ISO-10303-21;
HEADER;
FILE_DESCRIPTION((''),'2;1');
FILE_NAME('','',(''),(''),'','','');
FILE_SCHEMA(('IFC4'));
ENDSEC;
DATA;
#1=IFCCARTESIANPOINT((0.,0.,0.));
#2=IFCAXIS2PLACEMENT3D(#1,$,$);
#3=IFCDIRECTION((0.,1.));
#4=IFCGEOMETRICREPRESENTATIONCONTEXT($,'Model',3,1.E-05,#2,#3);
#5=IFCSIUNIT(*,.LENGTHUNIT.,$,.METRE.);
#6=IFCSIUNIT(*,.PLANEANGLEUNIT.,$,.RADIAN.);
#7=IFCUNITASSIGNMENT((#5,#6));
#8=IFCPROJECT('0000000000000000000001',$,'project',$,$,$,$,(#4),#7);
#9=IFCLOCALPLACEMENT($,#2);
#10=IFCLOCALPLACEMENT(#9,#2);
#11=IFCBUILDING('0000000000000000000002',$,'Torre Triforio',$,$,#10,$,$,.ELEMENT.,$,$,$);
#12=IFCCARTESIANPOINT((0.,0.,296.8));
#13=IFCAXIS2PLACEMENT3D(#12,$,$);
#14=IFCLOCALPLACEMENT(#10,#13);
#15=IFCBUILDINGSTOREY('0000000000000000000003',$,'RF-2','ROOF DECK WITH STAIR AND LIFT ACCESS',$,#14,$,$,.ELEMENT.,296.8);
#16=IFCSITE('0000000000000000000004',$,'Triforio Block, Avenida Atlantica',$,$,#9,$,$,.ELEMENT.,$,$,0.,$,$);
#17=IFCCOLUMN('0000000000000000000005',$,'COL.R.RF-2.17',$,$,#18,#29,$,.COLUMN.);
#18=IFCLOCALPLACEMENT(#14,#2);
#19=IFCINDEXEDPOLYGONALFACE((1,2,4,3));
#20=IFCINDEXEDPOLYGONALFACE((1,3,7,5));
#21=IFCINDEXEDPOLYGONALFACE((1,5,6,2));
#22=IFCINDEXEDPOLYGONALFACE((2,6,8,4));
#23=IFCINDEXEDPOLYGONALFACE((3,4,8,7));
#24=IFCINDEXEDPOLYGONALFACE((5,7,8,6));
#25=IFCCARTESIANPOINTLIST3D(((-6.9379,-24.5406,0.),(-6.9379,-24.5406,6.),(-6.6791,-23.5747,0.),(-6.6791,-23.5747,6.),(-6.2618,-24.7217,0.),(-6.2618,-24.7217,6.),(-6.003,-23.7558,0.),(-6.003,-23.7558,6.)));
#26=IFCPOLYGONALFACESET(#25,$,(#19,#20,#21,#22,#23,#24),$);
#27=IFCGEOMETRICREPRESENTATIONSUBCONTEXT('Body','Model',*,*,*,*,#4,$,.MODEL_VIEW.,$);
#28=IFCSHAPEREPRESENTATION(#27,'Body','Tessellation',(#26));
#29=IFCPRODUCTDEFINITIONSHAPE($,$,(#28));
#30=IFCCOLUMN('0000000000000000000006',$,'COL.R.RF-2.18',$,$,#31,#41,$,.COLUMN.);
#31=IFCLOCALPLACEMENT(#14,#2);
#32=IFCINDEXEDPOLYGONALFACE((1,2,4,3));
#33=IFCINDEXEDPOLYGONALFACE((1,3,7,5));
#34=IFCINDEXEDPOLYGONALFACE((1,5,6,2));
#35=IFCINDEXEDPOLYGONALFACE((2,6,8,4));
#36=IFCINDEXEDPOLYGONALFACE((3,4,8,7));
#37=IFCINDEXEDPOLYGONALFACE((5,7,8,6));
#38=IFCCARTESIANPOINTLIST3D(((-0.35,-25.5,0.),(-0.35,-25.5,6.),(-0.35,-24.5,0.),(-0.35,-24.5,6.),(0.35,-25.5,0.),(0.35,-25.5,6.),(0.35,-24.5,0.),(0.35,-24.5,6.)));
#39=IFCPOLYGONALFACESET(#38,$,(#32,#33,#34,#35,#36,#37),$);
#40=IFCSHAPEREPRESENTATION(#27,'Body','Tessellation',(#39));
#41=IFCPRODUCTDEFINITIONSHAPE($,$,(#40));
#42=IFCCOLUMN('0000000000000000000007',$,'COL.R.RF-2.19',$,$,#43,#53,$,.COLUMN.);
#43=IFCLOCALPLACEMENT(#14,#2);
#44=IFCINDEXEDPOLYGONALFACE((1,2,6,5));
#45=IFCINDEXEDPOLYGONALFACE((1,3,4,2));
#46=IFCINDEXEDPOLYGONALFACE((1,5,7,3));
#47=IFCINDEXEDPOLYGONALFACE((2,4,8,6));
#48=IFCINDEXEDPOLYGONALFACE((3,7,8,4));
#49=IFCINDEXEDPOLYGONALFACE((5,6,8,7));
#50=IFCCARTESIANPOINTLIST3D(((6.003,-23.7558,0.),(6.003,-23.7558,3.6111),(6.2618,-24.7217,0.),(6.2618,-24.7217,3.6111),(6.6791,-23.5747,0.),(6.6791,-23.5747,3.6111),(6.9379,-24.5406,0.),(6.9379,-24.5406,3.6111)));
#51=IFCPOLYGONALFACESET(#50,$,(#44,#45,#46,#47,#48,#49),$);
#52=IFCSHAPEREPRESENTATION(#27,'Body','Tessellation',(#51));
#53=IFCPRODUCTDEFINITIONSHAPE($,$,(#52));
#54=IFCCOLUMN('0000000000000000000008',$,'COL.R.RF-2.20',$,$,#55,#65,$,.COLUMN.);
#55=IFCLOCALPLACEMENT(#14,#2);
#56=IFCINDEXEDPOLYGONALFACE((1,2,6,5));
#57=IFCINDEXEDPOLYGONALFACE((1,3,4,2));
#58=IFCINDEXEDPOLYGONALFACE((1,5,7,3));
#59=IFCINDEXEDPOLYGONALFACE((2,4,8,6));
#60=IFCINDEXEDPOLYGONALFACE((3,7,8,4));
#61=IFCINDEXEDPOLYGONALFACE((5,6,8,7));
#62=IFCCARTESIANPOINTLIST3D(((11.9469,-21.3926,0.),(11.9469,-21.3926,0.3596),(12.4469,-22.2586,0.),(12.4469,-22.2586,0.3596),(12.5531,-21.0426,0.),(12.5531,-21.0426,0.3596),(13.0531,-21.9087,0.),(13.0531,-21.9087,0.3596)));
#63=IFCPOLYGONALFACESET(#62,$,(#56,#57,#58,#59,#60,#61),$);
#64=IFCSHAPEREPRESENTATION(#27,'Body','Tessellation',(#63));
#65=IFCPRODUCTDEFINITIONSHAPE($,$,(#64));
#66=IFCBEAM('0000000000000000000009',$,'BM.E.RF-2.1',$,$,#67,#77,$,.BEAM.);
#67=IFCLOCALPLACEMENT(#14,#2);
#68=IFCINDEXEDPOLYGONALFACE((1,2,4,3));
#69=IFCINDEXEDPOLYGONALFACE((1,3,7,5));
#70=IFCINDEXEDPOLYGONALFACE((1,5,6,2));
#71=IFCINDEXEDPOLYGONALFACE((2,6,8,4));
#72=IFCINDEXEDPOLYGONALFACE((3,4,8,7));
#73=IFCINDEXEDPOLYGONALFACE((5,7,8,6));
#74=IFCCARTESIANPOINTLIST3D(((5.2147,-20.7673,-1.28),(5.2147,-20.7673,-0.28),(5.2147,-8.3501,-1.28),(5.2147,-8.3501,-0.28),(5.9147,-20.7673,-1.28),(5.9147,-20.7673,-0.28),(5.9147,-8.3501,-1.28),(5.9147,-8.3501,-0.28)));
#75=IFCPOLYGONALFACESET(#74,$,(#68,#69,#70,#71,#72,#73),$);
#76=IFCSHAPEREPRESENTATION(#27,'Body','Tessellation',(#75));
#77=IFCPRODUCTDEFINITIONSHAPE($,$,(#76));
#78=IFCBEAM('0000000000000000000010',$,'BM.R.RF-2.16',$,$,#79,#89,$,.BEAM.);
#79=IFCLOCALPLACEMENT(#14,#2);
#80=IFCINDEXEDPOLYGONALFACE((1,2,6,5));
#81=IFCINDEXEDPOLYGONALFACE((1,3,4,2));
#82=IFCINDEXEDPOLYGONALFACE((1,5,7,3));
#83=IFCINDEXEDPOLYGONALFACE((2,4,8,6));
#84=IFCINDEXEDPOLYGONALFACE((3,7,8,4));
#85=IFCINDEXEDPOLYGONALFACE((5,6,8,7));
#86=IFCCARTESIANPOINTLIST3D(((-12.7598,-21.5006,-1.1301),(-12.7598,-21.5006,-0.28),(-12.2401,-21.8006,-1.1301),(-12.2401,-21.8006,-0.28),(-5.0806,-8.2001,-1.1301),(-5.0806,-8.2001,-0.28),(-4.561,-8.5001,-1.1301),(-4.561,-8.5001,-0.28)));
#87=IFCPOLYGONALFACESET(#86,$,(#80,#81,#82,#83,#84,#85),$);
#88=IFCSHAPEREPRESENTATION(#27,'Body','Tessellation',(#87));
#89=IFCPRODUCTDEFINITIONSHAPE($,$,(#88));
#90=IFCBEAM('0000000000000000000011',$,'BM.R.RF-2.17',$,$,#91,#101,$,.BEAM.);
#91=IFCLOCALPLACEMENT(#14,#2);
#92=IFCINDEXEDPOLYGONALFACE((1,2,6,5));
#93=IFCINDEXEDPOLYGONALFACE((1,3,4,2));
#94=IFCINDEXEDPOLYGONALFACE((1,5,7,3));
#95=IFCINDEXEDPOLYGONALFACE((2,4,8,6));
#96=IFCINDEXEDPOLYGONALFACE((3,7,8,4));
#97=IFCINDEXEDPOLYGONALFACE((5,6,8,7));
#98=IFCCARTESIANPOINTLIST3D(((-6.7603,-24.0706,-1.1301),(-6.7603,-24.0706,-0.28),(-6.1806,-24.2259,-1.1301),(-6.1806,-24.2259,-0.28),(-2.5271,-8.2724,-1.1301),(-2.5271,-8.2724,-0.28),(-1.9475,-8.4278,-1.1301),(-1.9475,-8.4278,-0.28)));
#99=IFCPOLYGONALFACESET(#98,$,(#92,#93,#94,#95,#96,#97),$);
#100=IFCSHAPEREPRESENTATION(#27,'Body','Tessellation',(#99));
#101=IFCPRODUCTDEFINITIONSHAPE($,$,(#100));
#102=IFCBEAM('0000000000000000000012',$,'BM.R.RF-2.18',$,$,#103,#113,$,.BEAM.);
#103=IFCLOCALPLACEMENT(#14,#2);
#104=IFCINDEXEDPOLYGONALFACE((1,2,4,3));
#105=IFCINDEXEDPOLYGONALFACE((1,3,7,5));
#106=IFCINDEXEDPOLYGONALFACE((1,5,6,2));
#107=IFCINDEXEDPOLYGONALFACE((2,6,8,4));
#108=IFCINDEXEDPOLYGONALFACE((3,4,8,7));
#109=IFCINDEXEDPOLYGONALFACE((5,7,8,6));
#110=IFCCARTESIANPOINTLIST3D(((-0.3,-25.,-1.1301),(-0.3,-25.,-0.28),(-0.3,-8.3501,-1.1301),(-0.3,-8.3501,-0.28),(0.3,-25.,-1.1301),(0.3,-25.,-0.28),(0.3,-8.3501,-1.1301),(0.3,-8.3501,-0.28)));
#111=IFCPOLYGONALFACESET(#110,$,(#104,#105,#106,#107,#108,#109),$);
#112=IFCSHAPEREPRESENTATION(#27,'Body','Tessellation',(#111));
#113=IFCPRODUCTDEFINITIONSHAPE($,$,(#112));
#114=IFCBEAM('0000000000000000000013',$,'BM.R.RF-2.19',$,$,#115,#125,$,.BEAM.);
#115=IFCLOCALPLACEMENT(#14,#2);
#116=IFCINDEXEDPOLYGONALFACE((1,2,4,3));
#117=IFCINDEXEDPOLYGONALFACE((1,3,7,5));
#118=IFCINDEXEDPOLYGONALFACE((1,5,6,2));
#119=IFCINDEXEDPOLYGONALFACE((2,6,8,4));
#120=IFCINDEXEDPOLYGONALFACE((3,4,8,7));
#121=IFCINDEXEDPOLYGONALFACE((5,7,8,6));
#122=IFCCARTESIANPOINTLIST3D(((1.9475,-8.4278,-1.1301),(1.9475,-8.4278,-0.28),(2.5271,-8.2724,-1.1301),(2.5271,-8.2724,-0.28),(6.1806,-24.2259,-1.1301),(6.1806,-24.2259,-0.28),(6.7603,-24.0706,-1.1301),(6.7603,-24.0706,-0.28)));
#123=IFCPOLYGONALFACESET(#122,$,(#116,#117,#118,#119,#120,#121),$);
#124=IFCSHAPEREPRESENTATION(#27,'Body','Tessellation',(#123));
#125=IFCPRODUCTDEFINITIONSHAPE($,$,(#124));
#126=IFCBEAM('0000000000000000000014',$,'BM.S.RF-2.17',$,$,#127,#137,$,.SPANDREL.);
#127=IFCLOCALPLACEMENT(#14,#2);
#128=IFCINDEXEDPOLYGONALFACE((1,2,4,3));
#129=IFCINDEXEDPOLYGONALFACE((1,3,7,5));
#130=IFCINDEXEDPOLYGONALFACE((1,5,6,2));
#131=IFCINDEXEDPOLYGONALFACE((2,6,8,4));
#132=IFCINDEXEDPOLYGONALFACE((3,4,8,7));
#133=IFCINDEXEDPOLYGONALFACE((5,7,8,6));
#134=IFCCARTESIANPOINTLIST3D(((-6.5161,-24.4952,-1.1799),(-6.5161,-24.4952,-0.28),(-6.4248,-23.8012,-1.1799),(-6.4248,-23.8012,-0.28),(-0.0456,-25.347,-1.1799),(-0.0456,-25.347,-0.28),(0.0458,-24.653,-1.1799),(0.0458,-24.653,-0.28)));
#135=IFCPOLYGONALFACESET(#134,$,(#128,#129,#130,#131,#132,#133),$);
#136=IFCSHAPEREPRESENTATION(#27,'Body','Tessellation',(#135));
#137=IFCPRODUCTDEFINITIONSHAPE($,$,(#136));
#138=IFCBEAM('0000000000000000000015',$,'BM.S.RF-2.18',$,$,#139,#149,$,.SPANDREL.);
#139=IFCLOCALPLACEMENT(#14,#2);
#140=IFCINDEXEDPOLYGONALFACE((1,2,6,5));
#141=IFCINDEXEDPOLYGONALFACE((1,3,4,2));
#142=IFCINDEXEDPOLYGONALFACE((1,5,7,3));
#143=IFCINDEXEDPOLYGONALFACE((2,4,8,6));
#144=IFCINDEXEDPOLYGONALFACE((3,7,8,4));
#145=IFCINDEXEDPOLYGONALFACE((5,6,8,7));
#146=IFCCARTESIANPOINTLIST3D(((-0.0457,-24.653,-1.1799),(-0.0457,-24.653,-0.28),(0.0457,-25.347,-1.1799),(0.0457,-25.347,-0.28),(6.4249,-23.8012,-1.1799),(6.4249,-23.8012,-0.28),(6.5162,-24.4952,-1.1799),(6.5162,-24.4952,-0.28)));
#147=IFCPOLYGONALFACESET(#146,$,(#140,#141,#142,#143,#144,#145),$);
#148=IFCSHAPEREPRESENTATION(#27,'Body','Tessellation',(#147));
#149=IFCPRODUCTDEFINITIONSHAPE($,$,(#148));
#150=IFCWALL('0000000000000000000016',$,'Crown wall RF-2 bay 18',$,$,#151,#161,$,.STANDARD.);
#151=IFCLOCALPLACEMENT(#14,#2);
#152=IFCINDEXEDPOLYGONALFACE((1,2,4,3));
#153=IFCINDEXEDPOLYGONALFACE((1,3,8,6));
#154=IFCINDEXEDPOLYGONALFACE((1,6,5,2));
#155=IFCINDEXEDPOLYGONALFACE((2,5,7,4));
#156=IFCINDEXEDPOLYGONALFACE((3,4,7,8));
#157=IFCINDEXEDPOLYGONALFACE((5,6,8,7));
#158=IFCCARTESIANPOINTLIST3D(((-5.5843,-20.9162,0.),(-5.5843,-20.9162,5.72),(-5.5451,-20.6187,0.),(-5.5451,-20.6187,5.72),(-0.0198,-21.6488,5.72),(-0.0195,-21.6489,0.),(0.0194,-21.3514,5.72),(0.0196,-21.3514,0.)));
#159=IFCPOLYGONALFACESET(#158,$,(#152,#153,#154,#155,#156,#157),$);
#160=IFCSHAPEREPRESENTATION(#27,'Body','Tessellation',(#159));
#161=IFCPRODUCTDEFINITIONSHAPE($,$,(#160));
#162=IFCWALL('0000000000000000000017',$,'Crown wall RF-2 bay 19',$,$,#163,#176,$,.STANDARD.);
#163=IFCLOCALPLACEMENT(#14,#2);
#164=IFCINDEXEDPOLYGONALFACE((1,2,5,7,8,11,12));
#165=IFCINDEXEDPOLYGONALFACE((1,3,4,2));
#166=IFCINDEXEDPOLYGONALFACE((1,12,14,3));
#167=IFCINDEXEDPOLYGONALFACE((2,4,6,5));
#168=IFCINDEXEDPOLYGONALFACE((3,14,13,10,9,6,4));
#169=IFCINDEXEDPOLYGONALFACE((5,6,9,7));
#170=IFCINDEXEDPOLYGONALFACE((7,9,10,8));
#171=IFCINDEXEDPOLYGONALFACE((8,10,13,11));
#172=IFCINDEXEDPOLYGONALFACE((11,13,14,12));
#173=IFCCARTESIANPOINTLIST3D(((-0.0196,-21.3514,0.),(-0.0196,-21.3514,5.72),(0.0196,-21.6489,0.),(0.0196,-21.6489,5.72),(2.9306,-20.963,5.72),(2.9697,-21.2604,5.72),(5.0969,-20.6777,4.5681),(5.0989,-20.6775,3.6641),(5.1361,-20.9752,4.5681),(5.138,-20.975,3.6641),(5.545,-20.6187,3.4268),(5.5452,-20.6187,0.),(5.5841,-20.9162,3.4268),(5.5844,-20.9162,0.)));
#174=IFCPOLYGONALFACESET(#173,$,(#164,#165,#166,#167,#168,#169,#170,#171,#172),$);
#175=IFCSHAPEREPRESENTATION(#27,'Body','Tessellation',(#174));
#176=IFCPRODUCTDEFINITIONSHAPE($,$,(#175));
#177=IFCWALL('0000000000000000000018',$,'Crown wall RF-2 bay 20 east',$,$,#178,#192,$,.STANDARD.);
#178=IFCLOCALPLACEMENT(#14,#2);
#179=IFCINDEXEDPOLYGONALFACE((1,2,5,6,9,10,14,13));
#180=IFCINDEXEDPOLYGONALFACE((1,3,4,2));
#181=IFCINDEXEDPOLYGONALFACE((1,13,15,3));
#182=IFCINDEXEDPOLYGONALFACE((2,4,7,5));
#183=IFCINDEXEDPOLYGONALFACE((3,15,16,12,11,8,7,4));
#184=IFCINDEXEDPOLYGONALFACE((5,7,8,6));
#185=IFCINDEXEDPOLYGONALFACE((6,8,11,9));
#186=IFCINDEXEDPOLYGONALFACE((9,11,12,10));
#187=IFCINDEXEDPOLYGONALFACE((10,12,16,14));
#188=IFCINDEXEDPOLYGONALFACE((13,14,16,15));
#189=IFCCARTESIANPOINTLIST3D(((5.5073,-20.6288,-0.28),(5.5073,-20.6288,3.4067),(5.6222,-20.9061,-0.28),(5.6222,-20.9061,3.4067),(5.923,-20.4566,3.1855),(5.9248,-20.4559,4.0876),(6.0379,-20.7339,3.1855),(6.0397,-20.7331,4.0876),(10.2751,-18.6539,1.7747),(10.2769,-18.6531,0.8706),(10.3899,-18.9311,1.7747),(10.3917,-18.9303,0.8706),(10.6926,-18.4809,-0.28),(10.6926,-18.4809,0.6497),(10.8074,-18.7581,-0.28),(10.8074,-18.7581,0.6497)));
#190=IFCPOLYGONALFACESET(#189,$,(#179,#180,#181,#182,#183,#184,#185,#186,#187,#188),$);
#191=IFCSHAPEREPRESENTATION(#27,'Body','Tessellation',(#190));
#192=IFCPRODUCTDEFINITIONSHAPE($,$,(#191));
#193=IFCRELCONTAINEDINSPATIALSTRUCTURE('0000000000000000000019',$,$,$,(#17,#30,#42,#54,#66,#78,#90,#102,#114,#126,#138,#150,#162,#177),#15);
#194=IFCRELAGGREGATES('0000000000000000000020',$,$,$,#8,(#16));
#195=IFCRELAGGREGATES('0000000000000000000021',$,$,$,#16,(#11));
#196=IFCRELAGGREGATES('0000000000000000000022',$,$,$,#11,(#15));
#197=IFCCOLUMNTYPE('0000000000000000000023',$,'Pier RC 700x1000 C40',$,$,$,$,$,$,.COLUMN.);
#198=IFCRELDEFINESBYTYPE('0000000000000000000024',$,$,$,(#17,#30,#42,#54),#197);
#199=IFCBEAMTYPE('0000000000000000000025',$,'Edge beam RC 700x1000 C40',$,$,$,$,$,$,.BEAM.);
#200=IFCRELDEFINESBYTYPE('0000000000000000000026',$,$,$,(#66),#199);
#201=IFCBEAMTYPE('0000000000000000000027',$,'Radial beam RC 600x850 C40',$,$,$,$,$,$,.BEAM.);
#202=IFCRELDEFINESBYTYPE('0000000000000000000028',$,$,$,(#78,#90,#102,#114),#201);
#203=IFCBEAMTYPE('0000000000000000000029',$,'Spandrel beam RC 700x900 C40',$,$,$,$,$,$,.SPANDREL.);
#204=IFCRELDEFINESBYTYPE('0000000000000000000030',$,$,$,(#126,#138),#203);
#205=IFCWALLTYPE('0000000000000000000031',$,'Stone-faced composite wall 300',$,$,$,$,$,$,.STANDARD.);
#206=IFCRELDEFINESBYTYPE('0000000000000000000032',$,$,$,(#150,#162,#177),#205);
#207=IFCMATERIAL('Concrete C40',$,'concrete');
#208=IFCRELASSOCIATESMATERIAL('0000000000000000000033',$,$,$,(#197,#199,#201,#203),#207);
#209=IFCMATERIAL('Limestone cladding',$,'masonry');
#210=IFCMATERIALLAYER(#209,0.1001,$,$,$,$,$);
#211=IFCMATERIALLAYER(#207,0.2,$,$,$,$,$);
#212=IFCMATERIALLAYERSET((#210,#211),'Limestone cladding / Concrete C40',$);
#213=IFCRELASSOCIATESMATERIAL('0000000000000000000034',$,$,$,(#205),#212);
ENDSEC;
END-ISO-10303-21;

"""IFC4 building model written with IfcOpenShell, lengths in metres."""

from ifc_helpers import new_model, si_unit, direction, frame, origin, origin_2d, place, context, subcontext, project, spatial, polyline, rectangle, outline, extrude, material, layer, layer_set, material_profile, profile_set, type_object, element, save


model = new_model("IFC4")

# Units and contexts
model_context = context("Model", 3, precision=1e-05, world=origin(), true_north=direction((0.0, 1.0)))
body_context = subcontext(model_context, "Body", "Model", "MODEL_VIEW")
ifc_project = project(units=[si_unit("LENGTHUNIT", "METRE"), si_unit("PLANEANGLEUNIT", "RADIAN")], contexts=[model_context])

# Site, building, storey
site_placement = place(None, origin())
site = spatial("IfcSite", under=ifc_project, at=site_placement, Name="Triforio Block, Avenida Atlantica", CompositionType="ELEMENT", RefElevation=0.0)
building_placement = place(site_placement, origin())
building = spatial("IfcBuilding", under=site, at=building_placement, Name="Torre Triforio", CompositionType="ELEMENT")
storey_placement = place(building_placement, frame((0.0, 0.0, 296.8)))
storey = spatial("IfcBuildingStorey", under=building, at=storey_placement, Name="RF-2", Description="ROOF DECK WITH STAIR AND LIFT ACCESS", CompositionType="ELEMENT", Elevation=296.8)

# Columns
ifc_material_1 = material(Name="Concrete C40", Category="concrete")
ifc_material_profile_1 = material_profile(ifc_material_1, rectangle(XDim=0.7, YDim=1.0, at=origin_2d()), Name="RC 700x1000")
ifc_profile_set_1 = profile_set([ifc_material_profile_1], Name="Concrete C40")
column_type = type_object("IfcColumnType", Name="Pier RC 700x1000 C40", PredefinedType="COLUMN", material=ifc_profile_set_1)
for number, where, z_axis, x_axis, name in (
    (1, (-6.4705, -24.1482, 0.0), (0.0, 0.0, 1.0), (0.965926, -0.258819, 0.0), "COL.R.RF-2.17"),
    (2, (0.0, -25.0, 0.0), (0.0, 0.0, 1.0), (1.0, 0.0, 0.0), "COL.R.RF-2.18"),
):
    element("IfcColumn", number, at=place(storey_placement, frame(where, z_axis=z_axis, x_axis=x_axis)), inside=storey, type_object=column_type, Name=name, PredefinedType="COLUMN", context=body_context, shape_type="SweptSolid", body=[
        extrude(rectangle(XDim=0.7, YDim=1.0, at=origin_2d()), origin(), (0.0, 0.0, 1.0), 6.0),
    ])
column_1_placement = place(storey_placement, frame((6.4705, -24.1482, 0.0), z_axis=(0.0, 0.0, 1.0), x_axis=(0.965926, 0.258819, 0.0)))
element("IfcColumn", 3, at=column_1_placement, inside=storey, type_object=column_type, Name="COL.R.RF-2.19", PredefinedType="COLUMN", context=body_context, shape_type="SweptSolid", body=[
    extrude(rectangle(XDim=0.7, YDim=1.0, at=origin_2d()), origin(), (0.0, 0.0, 1.0), 3.6111),
])
column_2_placement = place(storey_placement, frame((12.5, -21.6506, 0.0), z_axis=(0.0, 0.0, 1.0), x_axis=(0.866025, 0.5, 0.0)))
element("IfcColumn", 4, at=column_2_placement, inside=storey, type_object=column_type, Name="COL.R.RF-2.20", PredefinedType="COLUMN", context=body_context, shape_type="SweptSolid", body=[
    extrude(rectangle(XDim=0.7, YDim=1.0, at=origin_2d()), origin(), (0.0, 0.0, 1.0), 0.3596),
])

# Beams
ifc_material_profile_2 = material_profile(ifc_material_1, rectangle(XDim=0.7, YDim=1.0, at=origin_2d()), Name="RC 700x1000")
ifc_profile_set_2 = profile_set([ifc_material_profile_2], Name="Concrete C40")
beam_type_1 = type_object("IfcBeamType", Name="Edge beam RC 700x1000 C40", PredefinedType="BEAM", material=ifc_profile_set_2)
beam_1_placement = place(storey_placement, frame((5.5647, -20.7673, -0.78), z_axis=(0.0, 1.0, 0.0), x_axis=(-1.0, 0.0, 0.0)))
element("IfcBeam", 5, at=beam_1_placement, inside=storey, type_object=beam_type_1, Name="BM.E.RF-2.1", PredefinedType="BEAM", context=body_context, shape_type="SweptSolid", body=[
    extrude(rectangle(XDim=0.7, YDim=1.0, at=origin_2d()), origin(), (0.0, 0.0, 1.0), 12.4172),
])
ifc_material_profile_3 = material_profile(ifc_material_1, rectangle(XDim=0.6001, YDim=0.8501, at=origin_2d()), Name="RC 600x850")
ifc_profile_set_3 = profile_set([ifc_material_profile_3], Name="Concrete C40")
beam_type_2 = type_object("IfcBeamType", Name="Radial beam RC 600x850 C40", PredefinedType="BEAM", material=ifc_profile_set_3)
beam_2_placement = place(storey_placement, frame((-4.8208, -8.3501, -0.7051), z_axis=(-0.500006, -0.866022, 0.0), x_axis=(0.866022, -0.500006, 0.0)))
element("IfcBeam", 6, at=beam_2_placement, inside=storey, type_object=beam_type_2, Name="BM.R.RF-2.16", PredefinedType="BEAM", context=body_context, shape_type="SweptSolid", body=[
    extrude(rectangle(XDim=0.6001, YDim=0.8501, at=origin_2d()), origin(), (0.0, 0.0, 1.0), 15.3582),
])
beam_3_placement = place(storey_placement, frame((-2.2373, -8.3501, -0.7051), z_axis=(-0.258823, -0.965925, 0.0), x_axis=(0.965925, -0.258823, 0.0)))
element("IfcBeam", 7, at=beam_3_placement, inside=storey, type_object=beam_type_2, Name="BM.R.RF-2.17", PredefinedType="BEAM", context=body_context, shape_type="SweptSolid", body=[
    extrude(rectangle(XDim=0.6001, YDim=0.8501, at=origin_2d()), origin(), (0.0, 0.0, 1.0), 16.3555),
])
beam_4_placement = place(storey_placement, frame((0.0, -8.3501, -0.7051), z_axis=(0.0, -1.0, 0.0), x_axis=(1.0, 0.0, 0.0)))
element("IfcBeam", 8, at=beam_4_placement, inside=storey, type_object=beam_type_2, Name="BM.R.RF-2.18", PredefinedType="BEAM", context=body_context, shape_type="SweptSolid", body=[
    extrude(rectangle(XDim=0.6001, YDim=0.8501, at=origin_2d()), origin(), (0.0, 0.0, 1.0), 16.6499),
])
beam_5_placement = place(storey_placement, frame((2.2373, -8.3501, -0.7051), z_axis=(0.258823, -0.965925, 0.0), x_axis=(0.965925, 0.258823, 0.0)))
element("IfcBeam", 9, at=beam_5_placement, inside=storey, type_object=beam_type_2, Name="BM.R.RF-2.19", PredefinedType="BEAM", context=body_context, shape_type="SweptSolid", body=[
    extrude(rectangle(XDim=0.6001, YDim=0.8501, at=origin_2d()), origin(), (0.0, 0.0, 1.0), 16.3555),
])
ifc_material_profile_4 = material_profile(ifc_material_1, rectangle(XDim=0.7, YDim=0.8999, at=origin_2d()), Name="RC 700x900")
ifc_profile_set_4 = profile_set([ifc_material_profile_4], Name="Concrete C40")
beam_type_3 = type_object("IfcBeamType", Name="Spandrel beam RC 700x900 C40", PredefinedType="SPANDREL", material=ifc_profile_set_4)
for number, where, z_axis, x_axis, name in (
    (10, (-6.4705, -24.1482, -0.73), (0.991446, -0.130519, 0.0), (0.130519, 0.991446, 0.0), "BM.S.RF-2.17"),
    (11, (0.0, -25.0, -0.73), (0.991446, 0.130519, 0.0), (-0.130519, 0.991446, 0.0), "BM.S.RF-2.18"),
):
    element("IfcBeam", number, at=place(storey_placement, frame(where, z_axis=z_axis, x_axis=x_axis)), inside=storey, type_object=beam_type_3, Name=name, PredefinedType="SPANDREL", context=body_context, shape_type="SweptSolid", body=[
        extrude(rectangle(XDim=0.7, YDim=0.8999, at=origin_2d()), origin(), (0.0, 0.0, 1.0), 6.5264),
    ])

# Walls
ifc_material_2 = material(Name="Limestone cladding", Category="masonry")
ifc_layer_1 = layer(ifc_material_2, 0.1001)
ifc_layer_2 = layer(ifc_material_1, 0.2)
ifc_layer_set_1 = layer_set([ifc_layer_1, ifc_layer_2], Name="Limestone cladding / Concrete C40")
wall_type = type_object("IfcWallType", Name="Stone-faced composite wall 300", PredefinedType="STANDARD", material=ifc_layer_set_1)
wall_1_placement = place(storey_placement, frame((-5.5647, -20.7673, 0.0), z_axis=(0.0, 0.0, 1.0), x_axis=(0.991443, -0.130537, 0.0)))
element("IfcWall", 12, at=wall_1_placement, inside=storey, type_object=wall_type, Name="Crown wall RF-2 bay 18", PredefinedType="STANDARD", context=body_context, shape_type="SweptSolid", body=[
    extrude(outline(polyline([(0.0, 0.0), (5.6128, 0.0), (5.6125, 5.72), (0.0, 5.72), (0.0, 0.0)])), frame((0.0, 0.1499, 0.0), z_axis=(0.0, -1.0, 0.0), x_axis=(1.0, 0.0, 0.0)), (0.0, 0.0, 1.0), 0.3),
])
wall_2_placement = place(storey_placement, frame((0.0, -21.5, 0.0), z_axis=(0.0, 0.0, 1.0), x_axis=(0.991443, 0.130537, 0.0)))
element("IfcWall", 13, at=wall_2_placement, inside=storey, type_object=wall_type, Name="Crown wall RF-2 bay 19", PredefinedType="STANDARD", context=body_context, shape_type="SweptSolid", body=[
    extrude(outline(polyline([(0.0, 0.0), (5.6128, 0.0), (5.6125, 3.4268), (5.1626, 3.6641), (5.1606, 4.5681), (2.9756, 5.72), (0.0, 5.72), (0.0, 0.0)])), frame((0.0, 0.1499, 0.0), z_axis=(0.0, -1.0, 0.0), x_axis=(1.0, 0.0, 0.0)), (0.0, 0.0, 1.0), 0.3),
])
wall_3_placement = place(storey_placement, frame((5.5647, -20.7673, -0.28), z_axis=(0.0, 0.0, 1.0), x_axis=(0.923872, 0.382703, 0.0)))
element("IfcWall", 14, at=wall_3_placement, inside=storey, type_object=wall_type, Name="Crown wall RF-2 bay 20 east", PredefinedType="STANDARD", context=body_context, shape_type="SweptSolid", body=[
    extrude(outline(polyline([(0.0, 0.0), (5.6125, 0.0), (5.6125, 0.9297), (5.1626, 1.1506), (5.1606, 2.0547), (0.4519, 4.3677), (0.45, 3.4656), (0.0, 3.6868), (0.0, 0.0)])), frame((0.0, 0.1499, 0.0), z_axis=(0.0, -1.0, 0.0), x_axis=(1.0, 0.0, 0.0)), (0.0, 0.0, 1.0), 0.3),
])

save(model, "model.ifc")
